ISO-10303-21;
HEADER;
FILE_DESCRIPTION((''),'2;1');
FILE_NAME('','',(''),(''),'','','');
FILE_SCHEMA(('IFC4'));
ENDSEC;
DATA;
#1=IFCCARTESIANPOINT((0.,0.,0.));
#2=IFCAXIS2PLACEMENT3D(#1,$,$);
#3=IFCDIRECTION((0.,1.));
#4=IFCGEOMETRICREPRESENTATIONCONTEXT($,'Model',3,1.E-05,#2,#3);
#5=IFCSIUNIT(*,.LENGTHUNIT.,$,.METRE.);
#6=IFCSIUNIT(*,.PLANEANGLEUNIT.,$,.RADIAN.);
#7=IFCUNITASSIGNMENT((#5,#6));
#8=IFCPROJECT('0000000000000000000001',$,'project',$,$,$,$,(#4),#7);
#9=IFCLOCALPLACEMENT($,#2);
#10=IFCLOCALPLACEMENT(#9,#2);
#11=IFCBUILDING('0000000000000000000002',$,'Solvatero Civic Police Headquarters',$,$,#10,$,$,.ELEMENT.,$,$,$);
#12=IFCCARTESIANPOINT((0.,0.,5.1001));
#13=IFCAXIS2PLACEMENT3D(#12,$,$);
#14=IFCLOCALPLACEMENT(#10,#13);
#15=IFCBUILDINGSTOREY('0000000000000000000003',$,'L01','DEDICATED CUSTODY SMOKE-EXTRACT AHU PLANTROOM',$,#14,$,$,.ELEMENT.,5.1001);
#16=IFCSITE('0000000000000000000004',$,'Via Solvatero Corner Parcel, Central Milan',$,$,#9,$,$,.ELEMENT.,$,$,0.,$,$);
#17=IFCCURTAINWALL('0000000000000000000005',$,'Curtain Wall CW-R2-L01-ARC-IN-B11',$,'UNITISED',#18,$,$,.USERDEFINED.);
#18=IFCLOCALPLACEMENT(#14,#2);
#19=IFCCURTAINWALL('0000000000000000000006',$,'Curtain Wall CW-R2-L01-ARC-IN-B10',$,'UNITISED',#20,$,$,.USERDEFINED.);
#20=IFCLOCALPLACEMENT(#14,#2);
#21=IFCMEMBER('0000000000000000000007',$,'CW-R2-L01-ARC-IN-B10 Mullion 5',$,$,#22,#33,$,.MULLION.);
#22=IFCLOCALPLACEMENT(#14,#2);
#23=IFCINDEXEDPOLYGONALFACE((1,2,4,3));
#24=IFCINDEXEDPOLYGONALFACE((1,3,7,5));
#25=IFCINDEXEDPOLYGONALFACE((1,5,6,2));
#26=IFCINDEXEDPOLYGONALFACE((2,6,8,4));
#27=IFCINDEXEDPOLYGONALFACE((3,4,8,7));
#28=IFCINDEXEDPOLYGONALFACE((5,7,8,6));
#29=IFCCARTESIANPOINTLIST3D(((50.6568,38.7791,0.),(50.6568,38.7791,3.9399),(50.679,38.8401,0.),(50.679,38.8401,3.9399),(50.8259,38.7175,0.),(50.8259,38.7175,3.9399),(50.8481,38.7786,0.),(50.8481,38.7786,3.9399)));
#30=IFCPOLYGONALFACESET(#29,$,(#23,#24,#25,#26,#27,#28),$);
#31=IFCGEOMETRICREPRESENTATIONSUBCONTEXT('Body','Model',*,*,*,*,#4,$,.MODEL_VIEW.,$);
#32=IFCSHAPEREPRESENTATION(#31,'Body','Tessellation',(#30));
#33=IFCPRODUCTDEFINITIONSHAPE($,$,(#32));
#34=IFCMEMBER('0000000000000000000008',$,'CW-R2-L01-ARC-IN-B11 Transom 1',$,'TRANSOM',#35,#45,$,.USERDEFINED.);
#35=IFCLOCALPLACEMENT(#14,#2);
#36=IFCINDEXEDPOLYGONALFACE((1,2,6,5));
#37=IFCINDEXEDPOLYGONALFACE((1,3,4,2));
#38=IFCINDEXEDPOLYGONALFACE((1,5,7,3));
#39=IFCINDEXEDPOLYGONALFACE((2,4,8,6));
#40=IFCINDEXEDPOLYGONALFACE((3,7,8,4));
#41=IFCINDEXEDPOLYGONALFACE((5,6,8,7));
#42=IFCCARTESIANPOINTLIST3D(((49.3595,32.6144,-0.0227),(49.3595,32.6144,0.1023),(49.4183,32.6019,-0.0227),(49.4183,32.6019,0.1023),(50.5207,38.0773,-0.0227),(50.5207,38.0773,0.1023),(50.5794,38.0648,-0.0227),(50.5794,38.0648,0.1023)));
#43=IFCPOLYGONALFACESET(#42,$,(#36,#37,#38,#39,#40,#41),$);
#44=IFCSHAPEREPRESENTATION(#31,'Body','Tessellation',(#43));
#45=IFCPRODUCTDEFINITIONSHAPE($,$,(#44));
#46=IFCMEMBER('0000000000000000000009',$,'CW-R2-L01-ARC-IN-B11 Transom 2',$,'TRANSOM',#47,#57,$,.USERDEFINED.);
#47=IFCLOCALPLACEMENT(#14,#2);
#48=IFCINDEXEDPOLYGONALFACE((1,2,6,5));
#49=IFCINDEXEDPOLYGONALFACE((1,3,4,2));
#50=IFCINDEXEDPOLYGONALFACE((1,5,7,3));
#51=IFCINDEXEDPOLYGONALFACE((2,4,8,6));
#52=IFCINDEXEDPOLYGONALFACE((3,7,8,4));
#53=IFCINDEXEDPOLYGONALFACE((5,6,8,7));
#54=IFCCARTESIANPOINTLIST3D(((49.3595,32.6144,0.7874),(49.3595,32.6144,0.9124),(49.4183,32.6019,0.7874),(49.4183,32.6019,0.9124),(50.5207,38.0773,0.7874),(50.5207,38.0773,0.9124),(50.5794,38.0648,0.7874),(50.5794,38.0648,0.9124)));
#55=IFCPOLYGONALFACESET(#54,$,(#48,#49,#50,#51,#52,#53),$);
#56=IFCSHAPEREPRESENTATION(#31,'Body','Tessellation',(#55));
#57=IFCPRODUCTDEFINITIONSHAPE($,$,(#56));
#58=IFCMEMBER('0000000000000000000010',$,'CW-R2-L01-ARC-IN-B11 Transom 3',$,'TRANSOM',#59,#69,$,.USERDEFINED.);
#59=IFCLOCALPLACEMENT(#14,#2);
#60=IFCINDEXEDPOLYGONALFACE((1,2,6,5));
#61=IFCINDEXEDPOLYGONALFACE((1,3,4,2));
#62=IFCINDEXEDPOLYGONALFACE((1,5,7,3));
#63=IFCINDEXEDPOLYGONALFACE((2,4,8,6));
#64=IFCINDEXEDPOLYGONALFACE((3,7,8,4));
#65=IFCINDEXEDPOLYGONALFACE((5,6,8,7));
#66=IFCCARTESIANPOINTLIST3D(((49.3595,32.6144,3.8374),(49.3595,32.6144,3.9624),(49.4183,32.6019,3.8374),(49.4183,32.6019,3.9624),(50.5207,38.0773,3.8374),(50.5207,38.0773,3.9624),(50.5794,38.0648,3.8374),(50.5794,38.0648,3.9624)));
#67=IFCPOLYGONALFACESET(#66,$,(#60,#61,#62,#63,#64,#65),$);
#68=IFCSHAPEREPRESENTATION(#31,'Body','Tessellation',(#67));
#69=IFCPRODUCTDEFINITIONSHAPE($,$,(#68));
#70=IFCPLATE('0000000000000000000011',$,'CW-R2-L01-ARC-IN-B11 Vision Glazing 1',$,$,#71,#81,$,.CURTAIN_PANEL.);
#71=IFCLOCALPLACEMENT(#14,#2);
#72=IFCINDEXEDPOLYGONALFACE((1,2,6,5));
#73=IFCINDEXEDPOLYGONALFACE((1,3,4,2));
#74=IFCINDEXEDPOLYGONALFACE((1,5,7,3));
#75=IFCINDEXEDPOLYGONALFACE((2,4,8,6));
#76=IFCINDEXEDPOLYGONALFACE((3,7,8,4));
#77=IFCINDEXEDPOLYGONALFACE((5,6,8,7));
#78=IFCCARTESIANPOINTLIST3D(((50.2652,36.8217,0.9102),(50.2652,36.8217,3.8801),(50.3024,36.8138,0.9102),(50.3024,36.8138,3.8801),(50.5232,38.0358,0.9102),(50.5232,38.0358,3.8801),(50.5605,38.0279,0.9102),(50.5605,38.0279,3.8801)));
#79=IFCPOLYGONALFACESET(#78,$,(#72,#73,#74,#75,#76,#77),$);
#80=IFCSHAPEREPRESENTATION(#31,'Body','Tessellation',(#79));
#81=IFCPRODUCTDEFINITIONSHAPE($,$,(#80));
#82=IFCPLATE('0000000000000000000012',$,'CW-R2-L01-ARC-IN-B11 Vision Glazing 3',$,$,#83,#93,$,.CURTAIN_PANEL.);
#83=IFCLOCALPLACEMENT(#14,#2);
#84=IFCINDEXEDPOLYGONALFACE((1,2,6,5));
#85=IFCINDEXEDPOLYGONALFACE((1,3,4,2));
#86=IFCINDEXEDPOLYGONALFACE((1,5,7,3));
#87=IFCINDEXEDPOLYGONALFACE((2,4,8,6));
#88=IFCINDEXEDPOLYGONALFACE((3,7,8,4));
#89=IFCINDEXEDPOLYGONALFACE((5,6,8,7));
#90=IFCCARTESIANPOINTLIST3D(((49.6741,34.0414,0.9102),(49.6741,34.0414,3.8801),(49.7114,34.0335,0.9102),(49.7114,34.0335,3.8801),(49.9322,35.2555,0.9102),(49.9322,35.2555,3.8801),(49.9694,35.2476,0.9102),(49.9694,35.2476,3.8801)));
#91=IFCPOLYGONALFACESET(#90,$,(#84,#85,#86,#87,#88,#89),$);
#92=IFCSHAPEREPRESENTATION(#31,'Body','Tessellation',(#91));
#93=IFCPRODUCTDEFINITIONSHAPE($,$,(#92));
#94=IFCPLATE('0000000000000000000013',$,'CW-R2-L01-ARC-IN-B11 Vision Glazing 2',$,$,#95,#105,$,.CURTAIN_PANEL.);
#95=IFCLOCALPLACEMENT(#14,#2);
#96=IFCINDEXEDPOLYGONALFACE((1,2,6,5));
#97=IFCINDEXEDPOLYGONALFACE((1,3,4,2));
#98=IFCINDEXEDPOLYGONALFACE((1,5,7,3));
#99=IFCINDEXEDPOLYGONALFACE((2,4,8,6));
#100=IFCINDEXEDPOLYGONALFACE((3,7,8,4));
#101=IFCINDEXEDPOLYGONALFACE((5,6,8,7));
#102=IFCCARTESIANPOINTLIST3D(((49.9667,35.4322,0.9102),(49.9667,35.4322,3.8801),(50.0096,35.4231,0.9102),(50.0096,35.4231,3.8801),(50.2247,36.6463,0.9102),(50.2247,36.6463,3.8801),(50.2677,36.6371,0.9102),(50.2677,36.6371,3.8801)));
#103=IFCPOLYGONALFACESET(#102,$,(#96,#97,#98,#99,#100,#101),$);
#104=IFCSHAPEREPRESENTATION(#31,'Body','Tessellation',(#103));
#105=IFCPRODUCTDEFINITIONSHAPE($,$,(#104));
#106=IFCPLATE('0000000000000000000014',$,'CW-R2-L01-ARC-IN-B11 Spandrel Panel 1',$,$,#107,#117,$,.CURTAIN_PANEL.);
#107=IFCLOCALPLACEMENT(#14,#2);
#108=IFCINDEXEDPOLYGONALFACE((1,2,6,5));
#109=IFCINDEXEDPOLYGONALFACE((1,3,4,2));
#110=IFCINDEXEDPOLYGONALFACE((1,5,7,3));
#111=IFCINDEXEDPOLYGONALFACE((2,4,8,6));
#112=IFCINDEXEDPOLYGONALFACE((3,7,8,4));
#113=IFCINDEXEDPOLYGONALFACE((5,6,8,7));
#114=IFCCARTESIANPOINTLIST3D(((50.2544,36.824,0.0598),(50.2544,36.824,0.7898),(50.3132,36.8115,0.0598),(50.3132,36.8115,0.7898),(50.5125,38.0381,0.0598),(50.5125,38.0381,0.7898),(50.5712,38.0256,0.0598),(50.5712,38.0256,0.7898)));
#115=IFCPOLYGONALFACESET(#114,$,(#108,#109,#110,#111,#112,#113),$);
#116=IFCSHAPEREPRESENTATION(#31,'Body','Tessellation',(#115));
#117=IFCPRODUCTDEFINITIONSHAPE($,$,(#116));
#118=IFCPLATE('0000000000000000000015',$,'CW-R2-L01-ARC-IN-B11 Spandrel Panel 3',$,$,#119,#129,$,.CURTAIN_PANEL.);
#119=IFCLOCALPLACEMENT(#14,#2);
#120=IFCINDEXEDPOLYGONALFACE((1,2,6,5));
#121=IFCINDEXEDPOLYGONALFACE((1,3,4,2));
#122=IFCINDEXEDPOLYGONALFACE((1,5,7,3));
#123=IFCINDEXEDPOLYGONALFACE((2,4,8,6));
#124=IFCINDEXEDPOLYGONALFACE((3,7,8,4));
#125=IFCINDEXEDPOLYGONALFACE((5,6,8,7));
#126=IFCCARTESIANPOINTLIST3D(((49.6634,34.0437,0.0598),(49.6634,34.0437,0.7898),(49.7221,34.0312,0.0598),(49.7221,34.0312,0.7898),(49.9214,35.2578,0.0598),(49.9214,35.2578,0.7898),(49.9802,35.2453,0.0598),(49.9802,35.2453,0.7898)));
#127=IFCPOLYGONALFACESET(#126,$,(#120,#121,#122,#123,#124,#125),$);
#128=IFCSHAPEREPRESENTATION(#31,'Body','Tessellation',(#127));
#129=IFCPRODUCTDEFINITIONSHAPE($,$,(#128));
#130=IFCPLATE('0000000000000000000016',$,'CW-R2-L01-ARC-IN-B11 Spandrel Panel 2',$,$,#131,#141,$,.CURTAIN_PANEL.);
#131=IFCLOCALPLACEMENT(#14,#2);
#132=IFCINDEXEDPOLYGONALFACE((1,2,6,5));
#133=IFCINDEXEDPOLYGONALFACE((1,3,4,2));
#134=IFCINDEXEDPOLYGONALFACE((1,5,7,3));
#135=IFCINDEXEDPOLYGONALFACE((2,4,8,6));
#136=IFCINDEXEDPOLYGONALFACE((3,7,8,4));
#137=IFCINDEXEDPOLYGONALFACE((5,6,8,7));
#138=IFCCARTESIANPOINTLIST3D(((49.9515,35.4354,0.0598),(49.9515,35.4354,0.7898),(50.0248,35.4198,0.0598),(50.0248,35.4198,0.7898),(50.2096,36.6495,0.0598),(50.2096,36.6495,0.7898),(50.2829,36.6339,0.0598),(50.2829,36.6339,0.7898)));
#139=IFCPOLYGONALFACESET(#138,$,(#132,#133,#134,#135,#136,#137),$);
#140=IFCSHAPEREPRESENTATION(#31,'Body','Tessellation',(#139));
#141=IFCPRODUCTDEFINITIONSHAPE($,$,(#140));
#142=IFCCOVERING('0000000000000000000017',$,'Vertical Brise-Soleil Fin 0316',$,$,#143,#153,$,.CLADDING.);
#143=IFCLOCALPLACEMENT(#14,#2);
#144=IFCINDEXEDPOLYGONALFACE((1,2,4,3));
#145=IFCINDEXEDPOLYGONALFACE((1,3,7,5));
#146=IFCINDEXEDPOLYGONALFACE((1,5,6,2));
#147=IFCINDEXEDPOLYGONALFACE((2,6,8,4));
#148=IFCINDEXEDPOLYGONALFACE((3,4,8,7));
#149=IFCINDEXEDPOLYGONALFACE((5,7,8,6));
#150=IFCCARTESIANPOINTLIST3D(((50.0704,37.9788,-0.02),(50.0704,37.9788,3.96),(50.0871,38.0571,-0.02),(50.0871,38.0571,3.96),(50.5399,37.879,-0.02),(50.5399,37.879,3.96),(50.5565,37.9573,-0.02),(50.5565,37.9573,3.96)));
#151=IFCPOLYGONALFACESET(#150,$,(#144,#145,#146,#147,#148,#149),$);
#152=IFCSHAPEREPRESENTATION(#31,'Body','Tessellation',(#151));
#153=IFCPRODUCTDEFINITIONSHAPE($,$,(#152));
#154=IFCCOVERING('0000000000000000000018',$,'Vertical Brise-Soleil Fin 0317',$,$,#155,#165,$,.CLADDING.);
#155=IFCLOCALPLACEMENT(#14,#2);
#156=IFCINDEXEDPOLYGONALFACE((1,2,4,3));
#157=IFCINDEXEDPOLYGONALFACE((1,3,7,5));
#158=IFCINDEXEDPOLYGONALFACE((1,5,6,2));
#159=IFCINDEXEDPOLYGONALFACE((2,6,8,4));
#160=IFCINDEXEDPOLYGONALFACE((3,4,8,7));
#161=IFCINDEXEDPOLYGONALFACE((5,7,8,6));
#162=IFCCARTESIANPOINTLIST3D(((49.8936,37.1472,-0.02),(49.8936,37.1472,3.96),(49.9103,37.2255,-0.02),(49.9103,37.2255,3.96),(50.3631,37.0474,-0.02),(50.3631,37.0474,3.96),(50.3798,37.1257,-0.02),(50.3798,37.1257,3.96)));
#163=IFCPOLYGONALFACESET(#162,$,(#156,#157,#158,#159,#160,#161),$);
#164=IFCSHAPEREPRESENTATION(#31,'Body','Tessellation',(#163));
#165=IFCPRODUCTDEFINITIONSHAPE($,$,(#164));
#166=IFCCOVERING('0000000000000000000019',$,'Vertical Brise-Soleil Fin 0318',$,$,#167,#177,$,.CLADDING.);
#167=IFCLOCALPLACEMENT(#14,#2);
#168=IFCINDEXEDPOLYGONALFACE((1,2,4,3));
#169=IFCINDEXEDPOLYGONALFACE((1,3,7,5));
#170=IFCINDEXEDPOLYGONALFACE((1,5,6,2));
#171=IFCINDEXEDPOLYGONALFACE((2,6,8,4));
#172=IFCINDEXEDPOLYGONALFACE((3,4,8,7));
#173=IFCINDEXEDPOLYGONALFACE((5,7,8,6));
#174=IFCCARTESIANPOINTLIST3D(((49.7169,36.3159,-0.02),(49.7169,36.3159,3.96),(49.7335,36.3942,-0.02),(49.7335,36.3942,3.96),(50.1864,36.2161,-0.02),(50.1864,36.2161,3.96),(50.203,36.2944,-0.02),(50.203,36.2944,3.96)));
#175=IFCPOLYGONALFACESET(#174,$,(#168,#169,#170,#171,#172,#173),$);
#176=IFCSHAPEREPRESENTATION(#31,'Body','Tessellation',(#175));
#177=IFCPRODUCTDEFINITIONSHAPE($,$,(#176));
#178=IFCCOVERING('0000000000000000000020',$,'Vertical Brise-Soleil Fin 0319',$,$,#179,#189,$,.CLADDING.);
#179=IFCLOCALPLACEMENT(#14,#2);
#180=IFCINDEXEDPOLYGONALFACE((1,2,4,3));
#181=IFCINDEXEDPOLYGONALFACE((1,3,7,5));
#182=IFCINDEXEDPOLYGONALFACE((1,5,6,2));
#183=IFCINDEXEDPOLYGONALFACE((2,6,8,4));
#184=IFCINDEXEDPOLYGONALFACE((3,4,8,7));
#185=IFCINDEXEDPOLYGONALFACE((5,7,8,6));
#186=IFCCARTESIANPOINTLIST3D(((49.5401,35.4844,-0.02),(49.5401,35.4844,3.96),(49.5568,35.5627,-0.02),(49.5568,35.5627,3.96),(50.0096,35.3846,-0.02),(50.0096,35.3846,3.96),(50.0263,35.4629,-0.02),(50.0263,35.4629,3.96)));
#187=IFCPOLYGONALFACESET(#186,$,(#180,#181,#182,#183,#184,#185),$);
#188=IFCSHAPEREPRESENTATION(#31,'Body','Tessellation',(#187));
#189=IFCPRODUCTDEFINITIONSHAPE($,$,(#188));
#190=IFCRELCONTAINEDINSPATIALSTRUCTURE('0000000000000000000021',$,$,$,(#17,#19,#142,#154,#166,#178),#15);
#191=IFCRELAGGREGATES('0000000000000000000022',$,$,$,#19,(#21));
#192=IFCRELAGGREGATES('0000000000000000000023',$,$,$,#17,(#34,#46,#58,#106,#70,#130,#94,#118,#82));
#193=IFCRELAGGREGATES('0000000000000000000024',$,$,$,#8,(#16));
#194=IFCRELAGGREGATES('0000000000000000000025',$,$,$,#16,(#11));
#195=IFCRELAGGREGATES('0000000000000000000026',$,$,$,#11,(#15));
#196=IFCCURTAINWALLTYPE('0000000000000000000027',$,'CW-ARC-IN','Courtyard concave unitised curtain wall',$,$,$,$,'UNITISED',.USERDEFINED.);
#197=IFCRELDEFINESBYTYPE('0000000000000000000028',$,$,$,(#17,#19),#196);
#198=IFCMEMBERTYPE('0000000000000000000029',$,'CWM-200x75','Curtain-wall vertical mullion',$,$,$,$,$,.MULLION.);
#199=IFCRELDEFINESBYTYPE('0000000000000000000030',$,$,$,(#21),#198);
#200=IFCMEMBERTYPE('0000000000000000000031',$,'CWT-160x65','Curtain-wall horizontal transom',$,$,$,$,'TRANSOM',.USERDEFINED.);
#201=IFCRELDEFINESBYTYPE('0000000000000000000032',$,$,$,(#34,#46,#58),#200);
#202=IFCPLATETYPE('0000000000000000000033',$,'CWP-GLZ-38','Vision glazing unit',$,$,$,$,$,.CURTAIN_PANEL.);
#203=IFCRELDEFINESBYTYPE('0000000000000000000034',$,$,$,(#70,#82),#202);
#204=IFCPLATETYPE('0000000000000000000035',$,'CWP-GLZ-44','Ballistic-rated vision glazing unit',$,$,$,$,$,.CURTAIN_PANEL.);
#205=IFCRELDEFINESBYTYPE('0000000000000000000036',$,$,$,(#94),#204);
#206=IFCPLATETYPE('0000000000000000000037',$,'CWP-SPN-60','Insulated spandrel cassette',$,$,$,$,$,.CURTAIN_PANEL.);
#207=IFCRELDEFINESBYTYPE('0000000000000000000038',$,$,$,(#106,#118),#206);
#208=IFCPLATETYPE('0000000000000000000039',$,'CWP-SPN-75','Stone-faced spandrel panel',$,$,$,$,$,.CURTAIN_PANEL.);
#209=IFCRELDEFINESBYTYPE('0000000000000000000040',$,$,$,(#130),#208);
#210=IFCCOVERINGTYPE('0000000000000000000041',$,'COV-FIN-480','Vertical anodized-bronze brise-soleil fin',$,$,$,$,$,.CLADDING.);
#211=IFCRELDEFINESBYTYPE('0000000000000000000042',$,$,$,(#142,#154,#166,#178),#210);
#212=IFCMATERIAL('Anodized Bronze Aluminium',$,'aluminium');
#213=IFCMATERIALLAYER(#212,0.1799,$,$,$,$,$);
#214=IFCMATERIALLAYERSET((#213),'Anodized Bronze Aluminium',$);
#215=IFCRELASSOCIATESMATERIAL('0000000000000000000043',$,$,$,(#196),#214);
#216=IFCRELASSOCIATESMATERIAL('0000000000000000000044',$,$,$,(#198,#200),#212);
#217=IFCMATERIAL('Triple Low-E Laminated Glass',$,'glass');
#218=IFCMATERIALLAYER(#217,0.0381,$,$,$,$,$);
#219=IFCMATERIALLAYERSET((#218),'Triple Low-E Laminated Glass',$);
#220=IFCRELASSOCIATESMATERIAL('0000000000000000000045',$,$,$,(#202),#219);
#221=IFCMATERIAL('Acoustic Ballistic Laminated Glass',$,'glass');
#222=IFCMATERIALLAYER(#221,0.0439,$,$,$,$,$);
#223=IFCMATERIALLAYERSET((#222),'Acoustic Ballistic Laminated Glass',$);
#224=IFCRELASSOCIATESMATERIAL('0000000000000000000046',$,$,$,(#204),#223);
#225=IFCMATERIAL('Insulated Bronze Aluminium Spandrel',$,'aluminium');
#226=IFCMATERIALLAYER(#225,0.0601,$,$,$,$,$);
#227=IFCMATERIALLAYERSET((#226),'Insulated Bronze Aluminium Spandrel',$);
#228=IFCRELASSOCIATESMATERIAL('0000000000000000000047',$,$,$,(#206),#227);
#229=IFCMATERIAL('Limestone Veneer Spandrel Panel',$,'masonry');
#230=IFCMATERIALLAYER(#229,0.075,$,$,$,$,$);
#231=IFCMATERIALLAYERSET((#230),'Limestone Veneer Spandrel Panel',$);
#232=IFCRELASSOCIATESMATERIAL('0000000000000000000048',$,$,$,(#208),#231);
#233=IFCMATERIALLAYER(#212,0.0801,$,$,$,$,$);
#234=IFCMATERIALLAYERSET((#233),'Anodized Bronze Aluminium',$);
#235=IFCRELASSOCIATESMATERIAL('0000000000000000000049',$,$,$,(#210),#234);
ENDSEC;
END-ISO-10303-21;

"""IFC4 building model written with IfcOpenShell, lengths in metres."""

from ifc_helpers import new_model, si_unit, direction, frame, origin, origin_2d, place, context, subcontext, project, spatial, rectangle, extrude, material, layer, layer_set, material_profile, profile_set, type_object, element, aggregate, save


model = new_model("IFC4")

# Units and contexts
model_context = context("Model", 3, precision=1e-05, world=origin(), true_north=direction((0.0, 1.0)))
body_context = subcontext(model_context, "Body", "Model", "MODEL_VIEW")
ifc_project = project(units=[si_unit("LENGTHUNIT", "METRE"), si_unit("PLANEANGLEUNIT", "RADIAN")], contexts=[model_context])

# Site, building, storey
site_placement = place(None, origin())
site = spatial("IfcSite", under=ifc_project, at=site_placement, Name="Via Solvatero Corner Parcel, Central Milan", CompositionType="ELEMENT", RefElevation=0.0)
building_placement = place(site_placement, origin())
building = spatial("IfcBuilding", under=site, at=building_placement, Name="Solvatero Civic Police Headquarters", CompositionType="ELEMENT")
storey_placement = place(building_placement, frame((0.0, 0.0, 5.1001)))
storey = spatial("IfcBuildingStorey", under=building, at=storey_placement, Name="L01", Description="DEDICATED CUSTODY SMOKE-EXTRACT AHU PLANTROOM", CompositionType="ELEMENT", Elevation=5.1001)

# Curtain wall
ifc_material_1 = material(Name="Anodized Bronze Aluminium", Category="aluminium")
ifc_layer_1 = layer(ifc_material_1, 0.1799)
ifc_layer_set_1 = layer_set([ifc_layer_1], Name="Anodized Bronze Aluminium")
curtain_wall_type = type_object("IfcCurtainWallType", Name="CW-ARC-IN", Description="Courtyard concave unitised curtain wall", ElementType="UNITISED", PredefinedType="USERDEFINED", material=ifc_layer_set_1)
curtain_wall_1_placement = place(storey_placement, origin())
curtain_wall_1 = element("IfcCurtainWall", 1, at=curtain_wall_1_placement, inside=storey, type_object=curtain_wall_type, Name="Curtain Wall CW-R2-L01-ARC-IN-B11", ObjectType="UNITISED", PredefinedType="USERDEFINED")

# Curtain wall, member
curtain_wall_2_placement = place(storey_placement, origin())
curtain_wall_2 = element("IfcCurtainWall", 2, at=curtain_wall_2_placement, inside=storey, type_object=curtain_wall_type, Name="Curtain Wall CW-R2-L01-ARC-IN-B10", ObjectType="UNITISED", PredefinedType="USERDEFINED")
ifc_material_profile_1 = material_profile(ifc_material_1, rectangle(XDim=0.0649, YDim=0.1799, at=origin_2d()), Name="ALU MULLION 65x180")
ifc_profile_set_1 = profile_set([ifc_material_profile_1], Name="Anodized Bronze Aluminium")
member_type_1 = type_object("IfcMemberType", Name="CWM-200x75", Description="Curtain-wall vertical mullion", PredefinedType="MULLION", material=ifc_profile_set_1)
member_1_placement = place(storey_placement, frame((50.7524, 38.7788, 0.0), z_axis=(0.0, 0.0, 1.0), x_axis=(-0.34202, -0.939693, 0.0)))
member_1 = element("IfcMember", 3, at=member_1_placement, type_object=member_type_1, Name="CW-R2-L01-ARC-IN-B10 Mullion 5", PredefinedType="MULLION", context=body_context, shape_type="SweptSolid", body=[
    extrude(rectangle(XDim=0.0649, YDim=0.1799, at=origin_2d()), origin(), (0.0, 0.0, 1.0), 3.9399),
])
aggregate(curtain_wall_2, [member_1])

# Members
ifc_material_profile_2 = material_profile(ifc_material_1, rectangle(XDim=0.0601, YDim=0.125, at=origin_2d()), Name="ALU TRANSOM 60x125")
ifc_profile_set_2 = profile_set([ifc_material_profile_2], Name="Anodized Bronze Aluminium")
member_type_2 = type_object("IfcMemberType", Name="CWT-160x65", Description="Curtain-wall horizontal transom", ElementType="TRANSOM", PredefinedType="USERDEFINED", material=ifc_profile_set_2)
member_2_placement = place(storey_placement, frame((50.55, 38.071, 0.0398), z_axis=(-0.207905, -0.978149, 0.0), x_axis=(0.978149, -0.207905, 0.0)))
member_2 = element("IfcMember", 4, at=member_2_placement, type_object=member_type_2, Name="CW-R2-L01-ARC-IN-B11 Transom 1", ObjectType="TRANSOM", PredefinedType="USERDEFINED", context=body_context, shape_type="SweptSolid", body=[
    extrude(rectangle(XDim=0.0601, YDim=0.125, at=origin_2d()), origin(), (0.0, 0.0, 1.0), 5.585),
])
member_3_placement = place(storey_placement, frame((50.55, 38.071, 0.8499), z_axis=(-0.207905, -0.978149, 0.0), x_axis=(0.978149, -0.207905, 0.0)))
member_3 = element("IfcMember", 5, at=member_3_placement, type_object=member_type_2, Name="CW-R2-L01-ARC-IN-B11 Transom 2", ObjectType="TRANSOM", PredefinedType="USERDEFINED", context=body_context, shape_type="SweptSolid", body=[
    extrude(rectangle(XDim=0.0601, YDim=0.125, at=origin_2d()), origin(), (0.0, 0.0, 1.0), 5.585),
])
member_4_placement = place(storey_placement, frame((50.55, 38.071, 3.8999), z_axis=(-0.207905, -0.978149, 0.0), x_axis=(0.978149, -0.207905, 0.0)))
member_4 = element("IfcMember", 6, at=member_4_placement, type_object=member_type_2, Name="CW-R2-L01-ARC-IN-B11 Transom 3", ObjectType="TRANSOM", PredefinedType="USERDEFINED", context=body_context, shape_type="SweptSolid", body=[
    extrude(rectangle(XDim=0.0601, YDim=0.125, at=origin_2d()), origin(), (0.0, 0.0, 1.0), 5.585),
])

# Plates
ifc_material_2 = material(Name="Triple Low-E Laminated Glass", Category="glass")
ifc_layer_2 = layer(ifc_material_2, 0.0381)
ifc_layer_set_2 = layer_set([ifc_layer_2], Name="Triple Low-E Laminated Glass")
plate_type_1 = type_object("IfcPlateType", Name="CWP-GLZ-38", Description="Vision glazing unit", PredefinedType="CURTAIN_PANEL", material=ifc_layer_set_2)
plate_1_placement = place(storey_placement, frame((50.4128, 37.4248, 0.9102), z_axis=(0.0, 0.0, 1.0), x_axis=(-0.207912, -0.978148, 0.0)))
plate_1 = element("IfcPlate", 7, at=plate_1_placement, type_object=plate_type_1, Name="CW-R2-L01-ARC-IN-B11 Vision Glazing 1", PredefinedType="CURTAIN_PANEL", context=body_context, shape_type="SweptSolid", body=[
    extrude(rectangle(XDim=1.2412, YDim=0.0381, at=origin_2d()), origin(), (0.0, 0.0, 1.0), 2.97),
])
plate_2_placement = place(storey_placement, frame((49.8218, 34.6445, 0.9102), z_axis=(0.0, 0.0, 1.0), x_axis=(-0.207912, -0.978148, 0.0)))
plate_2 = element("IfcPlate", 8, at=plate_2_placement, type_object=plate_type_1, Name="CW-R2-L01-ARC-IN-B11 Vision Glazing 3", PredefinedType="CURTAIN_PANEL", context=body_context, shape_type="SweptSolid", body=[
    extrude(rectangle(XDim=1.2412, YDim=0.0381, at=origin_2d()), origin(), (0.0, 0.0, 1.0), 2.97),
])
ifc_material_3 = material(Name="Acoustic Ballistic Laminated Glass", Category="glass")
ifc_layer_3 = layer(ifc_material_3, 0.0439)
ifc_layer_set_3 = layer_set([ifc_layer_3], Name="Acoustic Ballistic Laminated Glass")
plate_type_2 = type_object("IfcPlateType", Name="CWP-GLZ-44", Description="Ballistic-rated vision glazing unit", PredefinedType="CURTAIN_PANEL", material=ifc_layer_set_3)
plate_3_placement = place(storey_placement, frame((50.1172, 36.0347, 0.9102), z_axis=(0.0, 0.0, 1.0), x_axis=(-0.207912, -0.978148, 0.0)))
plate_3 = element("IfcPlate", 9, at=plate_3_placement, type_object=plate_type_2, Name="CW-R2-L01-ARC-IN-B11 Vision Glazing 2", PredefinedType="CURTAIN_PANEL", context=body_context, shape_type="SweptSolid", body=[
    extrude(rectangle(XDim=1.2412, YDim=0.0439, at=origin_2d()), origin(), (0.0, 0.0, 1.0), 2.97),
])
ifc_material_4 = material(Name="Insulated Bronze Aluminium Spandrel", Category="aluminium")
ifc_layer_4 = layer(ifc_material_4, 0.0601)
ifc_layer_set_4 = layer_set([ifc_layer_4], Name="Insulated Bronze Aluminium Spandrel")
plate_type_3 = type_object("IfcPlateType", Name="CWP-SPN-60", Description="Insulated spandrel cassette", PredefinedType="CURTAIN_PANEL", material=ifc_layer_set_4)
plate_4_placement = place(storey_placement, frame((50.4128, 37.4248, 0.0598), z_axis=(0.0, 0.0, 1.0), x_axis=(-0.207912, -0.978148, 0.0)))
plate_4 = element("IfcPlate", 10, at=plate_4_placement, type_object=plate_type_3, Name="CW-R2-L01-ARC-IN-B11 Spandrel Panel 1", PredefinedType="CURTAIN_PANEL", context=body_context, shape_type="SweptSolid", body=[
    extrude(rectangle(XDim=1.2412, YDim=0.0601, at=origin_2d()), origin(), (0.0, 0.0, 1.0), 0.73),
])
plate_5_placement = place(storey_placement, frame((49.8218, 34.6445, 0.0598), z_axis=(0.0, 0.0, 1.0), x_axis=(-0.207912, -0.978148, 0.0)))
plate_5 = element("IfcPlate", 11, at=plate_5_placement, type_object=plate_type_3, Name="CW-R2-L01-ARC-IN-B11 Spandrel Panel 3", PredefinedType="CURTAIN_PANEL", context=body_context, shape_type="SweptSolid", body=[
    extrude(rectangle(XDim=1.2412, YDim=0.0601, at=origin_2d()), origin(), (0.0, 0.0, 1.0), 0.73),
])
ifc_material_5 = material(Name="Limestone Veneer Spandrel Panel", Category="masonry")
ifc_layer_5 = layer(ifc_material_5, 0.075)
ifc_layer_set_5 = layer_set([ifc_layer_5], Name="Limestone Veneer Spandrel Panel")
plate_type_4 = type_object("IfcPlateType", Name="CWP-SPN-75", Description="Stone-faced spandrel panel", PredefinedType="CURTAIN_PANEL", material=ifc_layer_set_5)
plate_6_placement = place(storey_placement, frame((50.1172, 36.0347, 0.0598), z_axis=(0.0, 0.0, 1.0), x_axis=(-0.207912, -0.978148, 0.0)))
plate_6 = element("IfcPlate", 12, at=plate_6_placement, type_object=plate_type_4, Name="CW-R2-L01-ARC-IN-B11 Spandrel Panel 2", PredefinedType="CURTAIN_PANEL", context=body_context, shape_type="SweptSolid", body=[
    extrude(rectangle(XDim=1.2412, YDim=0.075, at=origin_2d()), origin(), (0.0, 0.0, 1.0), 0.73),
])
aggregate(curtain_wall_1, [member_2, member_3, member_4, plate_4, plate_1, plate_6, plate_3, plate_5, plate_2])

# Coverings
ifc_layer_6 = layer(ifc_material_1, 0.0801)
ifc_layer_set_6 = layer_set([ifc_layer_6], Name="Anodized Bronze Aluminium")
covering_type = type_object("IfcCoveringType", Name="COV-FIN-480", Description="Vertical anodized-bronze brise-soleil fin", PredefinedType="CLADDING", material=ifc_layer_set_6)
for number, where, z_axis, x_axis, name in (
    (13, (50.3135, 37.968, -0.02), (0.0, 0.0, 1.0), (-0.207912, -0.978148, 0.0), "Vertical Brise-Soleil Fin 0316"),
    (14, (50.1367, 37.1365, -0.02), (0.0, 0.0, 1.0), (-0.207912, -0.978148, 0.0), "Vertical Brise-Soleil Fin 0317"),
    (15, (49.96, 36.3052, -0.02), (0.0, 0.0, 1.0), (-0.207912, -0.978148, 0.0), "Vertical Brise-Soleil Fin 0318"),
    (16, (49.7832, 35.4736, -0.02), (0.0, 0.0, 1.0), (-0.207912, -0.978148, 0.0), "Vertical Brise-Soleil Fin 0319"),
):
    element("IfcCovering", number, at=place(storey_placement, frame(where, z_axis=z_axis, x_axis=x_axis)), inside=storey, type_object=covering_type, Name=name, PredefinedType="CLADDING", context=body_context, shape_type="SweptSolid", body=[
        extrude(rectangle(XDim=0.0801, YDim=0.48, at=origin_2d()), origin(), (0.0, 0.0, 1.0), 3.98),
    ])

save(model, "model.ifc")
